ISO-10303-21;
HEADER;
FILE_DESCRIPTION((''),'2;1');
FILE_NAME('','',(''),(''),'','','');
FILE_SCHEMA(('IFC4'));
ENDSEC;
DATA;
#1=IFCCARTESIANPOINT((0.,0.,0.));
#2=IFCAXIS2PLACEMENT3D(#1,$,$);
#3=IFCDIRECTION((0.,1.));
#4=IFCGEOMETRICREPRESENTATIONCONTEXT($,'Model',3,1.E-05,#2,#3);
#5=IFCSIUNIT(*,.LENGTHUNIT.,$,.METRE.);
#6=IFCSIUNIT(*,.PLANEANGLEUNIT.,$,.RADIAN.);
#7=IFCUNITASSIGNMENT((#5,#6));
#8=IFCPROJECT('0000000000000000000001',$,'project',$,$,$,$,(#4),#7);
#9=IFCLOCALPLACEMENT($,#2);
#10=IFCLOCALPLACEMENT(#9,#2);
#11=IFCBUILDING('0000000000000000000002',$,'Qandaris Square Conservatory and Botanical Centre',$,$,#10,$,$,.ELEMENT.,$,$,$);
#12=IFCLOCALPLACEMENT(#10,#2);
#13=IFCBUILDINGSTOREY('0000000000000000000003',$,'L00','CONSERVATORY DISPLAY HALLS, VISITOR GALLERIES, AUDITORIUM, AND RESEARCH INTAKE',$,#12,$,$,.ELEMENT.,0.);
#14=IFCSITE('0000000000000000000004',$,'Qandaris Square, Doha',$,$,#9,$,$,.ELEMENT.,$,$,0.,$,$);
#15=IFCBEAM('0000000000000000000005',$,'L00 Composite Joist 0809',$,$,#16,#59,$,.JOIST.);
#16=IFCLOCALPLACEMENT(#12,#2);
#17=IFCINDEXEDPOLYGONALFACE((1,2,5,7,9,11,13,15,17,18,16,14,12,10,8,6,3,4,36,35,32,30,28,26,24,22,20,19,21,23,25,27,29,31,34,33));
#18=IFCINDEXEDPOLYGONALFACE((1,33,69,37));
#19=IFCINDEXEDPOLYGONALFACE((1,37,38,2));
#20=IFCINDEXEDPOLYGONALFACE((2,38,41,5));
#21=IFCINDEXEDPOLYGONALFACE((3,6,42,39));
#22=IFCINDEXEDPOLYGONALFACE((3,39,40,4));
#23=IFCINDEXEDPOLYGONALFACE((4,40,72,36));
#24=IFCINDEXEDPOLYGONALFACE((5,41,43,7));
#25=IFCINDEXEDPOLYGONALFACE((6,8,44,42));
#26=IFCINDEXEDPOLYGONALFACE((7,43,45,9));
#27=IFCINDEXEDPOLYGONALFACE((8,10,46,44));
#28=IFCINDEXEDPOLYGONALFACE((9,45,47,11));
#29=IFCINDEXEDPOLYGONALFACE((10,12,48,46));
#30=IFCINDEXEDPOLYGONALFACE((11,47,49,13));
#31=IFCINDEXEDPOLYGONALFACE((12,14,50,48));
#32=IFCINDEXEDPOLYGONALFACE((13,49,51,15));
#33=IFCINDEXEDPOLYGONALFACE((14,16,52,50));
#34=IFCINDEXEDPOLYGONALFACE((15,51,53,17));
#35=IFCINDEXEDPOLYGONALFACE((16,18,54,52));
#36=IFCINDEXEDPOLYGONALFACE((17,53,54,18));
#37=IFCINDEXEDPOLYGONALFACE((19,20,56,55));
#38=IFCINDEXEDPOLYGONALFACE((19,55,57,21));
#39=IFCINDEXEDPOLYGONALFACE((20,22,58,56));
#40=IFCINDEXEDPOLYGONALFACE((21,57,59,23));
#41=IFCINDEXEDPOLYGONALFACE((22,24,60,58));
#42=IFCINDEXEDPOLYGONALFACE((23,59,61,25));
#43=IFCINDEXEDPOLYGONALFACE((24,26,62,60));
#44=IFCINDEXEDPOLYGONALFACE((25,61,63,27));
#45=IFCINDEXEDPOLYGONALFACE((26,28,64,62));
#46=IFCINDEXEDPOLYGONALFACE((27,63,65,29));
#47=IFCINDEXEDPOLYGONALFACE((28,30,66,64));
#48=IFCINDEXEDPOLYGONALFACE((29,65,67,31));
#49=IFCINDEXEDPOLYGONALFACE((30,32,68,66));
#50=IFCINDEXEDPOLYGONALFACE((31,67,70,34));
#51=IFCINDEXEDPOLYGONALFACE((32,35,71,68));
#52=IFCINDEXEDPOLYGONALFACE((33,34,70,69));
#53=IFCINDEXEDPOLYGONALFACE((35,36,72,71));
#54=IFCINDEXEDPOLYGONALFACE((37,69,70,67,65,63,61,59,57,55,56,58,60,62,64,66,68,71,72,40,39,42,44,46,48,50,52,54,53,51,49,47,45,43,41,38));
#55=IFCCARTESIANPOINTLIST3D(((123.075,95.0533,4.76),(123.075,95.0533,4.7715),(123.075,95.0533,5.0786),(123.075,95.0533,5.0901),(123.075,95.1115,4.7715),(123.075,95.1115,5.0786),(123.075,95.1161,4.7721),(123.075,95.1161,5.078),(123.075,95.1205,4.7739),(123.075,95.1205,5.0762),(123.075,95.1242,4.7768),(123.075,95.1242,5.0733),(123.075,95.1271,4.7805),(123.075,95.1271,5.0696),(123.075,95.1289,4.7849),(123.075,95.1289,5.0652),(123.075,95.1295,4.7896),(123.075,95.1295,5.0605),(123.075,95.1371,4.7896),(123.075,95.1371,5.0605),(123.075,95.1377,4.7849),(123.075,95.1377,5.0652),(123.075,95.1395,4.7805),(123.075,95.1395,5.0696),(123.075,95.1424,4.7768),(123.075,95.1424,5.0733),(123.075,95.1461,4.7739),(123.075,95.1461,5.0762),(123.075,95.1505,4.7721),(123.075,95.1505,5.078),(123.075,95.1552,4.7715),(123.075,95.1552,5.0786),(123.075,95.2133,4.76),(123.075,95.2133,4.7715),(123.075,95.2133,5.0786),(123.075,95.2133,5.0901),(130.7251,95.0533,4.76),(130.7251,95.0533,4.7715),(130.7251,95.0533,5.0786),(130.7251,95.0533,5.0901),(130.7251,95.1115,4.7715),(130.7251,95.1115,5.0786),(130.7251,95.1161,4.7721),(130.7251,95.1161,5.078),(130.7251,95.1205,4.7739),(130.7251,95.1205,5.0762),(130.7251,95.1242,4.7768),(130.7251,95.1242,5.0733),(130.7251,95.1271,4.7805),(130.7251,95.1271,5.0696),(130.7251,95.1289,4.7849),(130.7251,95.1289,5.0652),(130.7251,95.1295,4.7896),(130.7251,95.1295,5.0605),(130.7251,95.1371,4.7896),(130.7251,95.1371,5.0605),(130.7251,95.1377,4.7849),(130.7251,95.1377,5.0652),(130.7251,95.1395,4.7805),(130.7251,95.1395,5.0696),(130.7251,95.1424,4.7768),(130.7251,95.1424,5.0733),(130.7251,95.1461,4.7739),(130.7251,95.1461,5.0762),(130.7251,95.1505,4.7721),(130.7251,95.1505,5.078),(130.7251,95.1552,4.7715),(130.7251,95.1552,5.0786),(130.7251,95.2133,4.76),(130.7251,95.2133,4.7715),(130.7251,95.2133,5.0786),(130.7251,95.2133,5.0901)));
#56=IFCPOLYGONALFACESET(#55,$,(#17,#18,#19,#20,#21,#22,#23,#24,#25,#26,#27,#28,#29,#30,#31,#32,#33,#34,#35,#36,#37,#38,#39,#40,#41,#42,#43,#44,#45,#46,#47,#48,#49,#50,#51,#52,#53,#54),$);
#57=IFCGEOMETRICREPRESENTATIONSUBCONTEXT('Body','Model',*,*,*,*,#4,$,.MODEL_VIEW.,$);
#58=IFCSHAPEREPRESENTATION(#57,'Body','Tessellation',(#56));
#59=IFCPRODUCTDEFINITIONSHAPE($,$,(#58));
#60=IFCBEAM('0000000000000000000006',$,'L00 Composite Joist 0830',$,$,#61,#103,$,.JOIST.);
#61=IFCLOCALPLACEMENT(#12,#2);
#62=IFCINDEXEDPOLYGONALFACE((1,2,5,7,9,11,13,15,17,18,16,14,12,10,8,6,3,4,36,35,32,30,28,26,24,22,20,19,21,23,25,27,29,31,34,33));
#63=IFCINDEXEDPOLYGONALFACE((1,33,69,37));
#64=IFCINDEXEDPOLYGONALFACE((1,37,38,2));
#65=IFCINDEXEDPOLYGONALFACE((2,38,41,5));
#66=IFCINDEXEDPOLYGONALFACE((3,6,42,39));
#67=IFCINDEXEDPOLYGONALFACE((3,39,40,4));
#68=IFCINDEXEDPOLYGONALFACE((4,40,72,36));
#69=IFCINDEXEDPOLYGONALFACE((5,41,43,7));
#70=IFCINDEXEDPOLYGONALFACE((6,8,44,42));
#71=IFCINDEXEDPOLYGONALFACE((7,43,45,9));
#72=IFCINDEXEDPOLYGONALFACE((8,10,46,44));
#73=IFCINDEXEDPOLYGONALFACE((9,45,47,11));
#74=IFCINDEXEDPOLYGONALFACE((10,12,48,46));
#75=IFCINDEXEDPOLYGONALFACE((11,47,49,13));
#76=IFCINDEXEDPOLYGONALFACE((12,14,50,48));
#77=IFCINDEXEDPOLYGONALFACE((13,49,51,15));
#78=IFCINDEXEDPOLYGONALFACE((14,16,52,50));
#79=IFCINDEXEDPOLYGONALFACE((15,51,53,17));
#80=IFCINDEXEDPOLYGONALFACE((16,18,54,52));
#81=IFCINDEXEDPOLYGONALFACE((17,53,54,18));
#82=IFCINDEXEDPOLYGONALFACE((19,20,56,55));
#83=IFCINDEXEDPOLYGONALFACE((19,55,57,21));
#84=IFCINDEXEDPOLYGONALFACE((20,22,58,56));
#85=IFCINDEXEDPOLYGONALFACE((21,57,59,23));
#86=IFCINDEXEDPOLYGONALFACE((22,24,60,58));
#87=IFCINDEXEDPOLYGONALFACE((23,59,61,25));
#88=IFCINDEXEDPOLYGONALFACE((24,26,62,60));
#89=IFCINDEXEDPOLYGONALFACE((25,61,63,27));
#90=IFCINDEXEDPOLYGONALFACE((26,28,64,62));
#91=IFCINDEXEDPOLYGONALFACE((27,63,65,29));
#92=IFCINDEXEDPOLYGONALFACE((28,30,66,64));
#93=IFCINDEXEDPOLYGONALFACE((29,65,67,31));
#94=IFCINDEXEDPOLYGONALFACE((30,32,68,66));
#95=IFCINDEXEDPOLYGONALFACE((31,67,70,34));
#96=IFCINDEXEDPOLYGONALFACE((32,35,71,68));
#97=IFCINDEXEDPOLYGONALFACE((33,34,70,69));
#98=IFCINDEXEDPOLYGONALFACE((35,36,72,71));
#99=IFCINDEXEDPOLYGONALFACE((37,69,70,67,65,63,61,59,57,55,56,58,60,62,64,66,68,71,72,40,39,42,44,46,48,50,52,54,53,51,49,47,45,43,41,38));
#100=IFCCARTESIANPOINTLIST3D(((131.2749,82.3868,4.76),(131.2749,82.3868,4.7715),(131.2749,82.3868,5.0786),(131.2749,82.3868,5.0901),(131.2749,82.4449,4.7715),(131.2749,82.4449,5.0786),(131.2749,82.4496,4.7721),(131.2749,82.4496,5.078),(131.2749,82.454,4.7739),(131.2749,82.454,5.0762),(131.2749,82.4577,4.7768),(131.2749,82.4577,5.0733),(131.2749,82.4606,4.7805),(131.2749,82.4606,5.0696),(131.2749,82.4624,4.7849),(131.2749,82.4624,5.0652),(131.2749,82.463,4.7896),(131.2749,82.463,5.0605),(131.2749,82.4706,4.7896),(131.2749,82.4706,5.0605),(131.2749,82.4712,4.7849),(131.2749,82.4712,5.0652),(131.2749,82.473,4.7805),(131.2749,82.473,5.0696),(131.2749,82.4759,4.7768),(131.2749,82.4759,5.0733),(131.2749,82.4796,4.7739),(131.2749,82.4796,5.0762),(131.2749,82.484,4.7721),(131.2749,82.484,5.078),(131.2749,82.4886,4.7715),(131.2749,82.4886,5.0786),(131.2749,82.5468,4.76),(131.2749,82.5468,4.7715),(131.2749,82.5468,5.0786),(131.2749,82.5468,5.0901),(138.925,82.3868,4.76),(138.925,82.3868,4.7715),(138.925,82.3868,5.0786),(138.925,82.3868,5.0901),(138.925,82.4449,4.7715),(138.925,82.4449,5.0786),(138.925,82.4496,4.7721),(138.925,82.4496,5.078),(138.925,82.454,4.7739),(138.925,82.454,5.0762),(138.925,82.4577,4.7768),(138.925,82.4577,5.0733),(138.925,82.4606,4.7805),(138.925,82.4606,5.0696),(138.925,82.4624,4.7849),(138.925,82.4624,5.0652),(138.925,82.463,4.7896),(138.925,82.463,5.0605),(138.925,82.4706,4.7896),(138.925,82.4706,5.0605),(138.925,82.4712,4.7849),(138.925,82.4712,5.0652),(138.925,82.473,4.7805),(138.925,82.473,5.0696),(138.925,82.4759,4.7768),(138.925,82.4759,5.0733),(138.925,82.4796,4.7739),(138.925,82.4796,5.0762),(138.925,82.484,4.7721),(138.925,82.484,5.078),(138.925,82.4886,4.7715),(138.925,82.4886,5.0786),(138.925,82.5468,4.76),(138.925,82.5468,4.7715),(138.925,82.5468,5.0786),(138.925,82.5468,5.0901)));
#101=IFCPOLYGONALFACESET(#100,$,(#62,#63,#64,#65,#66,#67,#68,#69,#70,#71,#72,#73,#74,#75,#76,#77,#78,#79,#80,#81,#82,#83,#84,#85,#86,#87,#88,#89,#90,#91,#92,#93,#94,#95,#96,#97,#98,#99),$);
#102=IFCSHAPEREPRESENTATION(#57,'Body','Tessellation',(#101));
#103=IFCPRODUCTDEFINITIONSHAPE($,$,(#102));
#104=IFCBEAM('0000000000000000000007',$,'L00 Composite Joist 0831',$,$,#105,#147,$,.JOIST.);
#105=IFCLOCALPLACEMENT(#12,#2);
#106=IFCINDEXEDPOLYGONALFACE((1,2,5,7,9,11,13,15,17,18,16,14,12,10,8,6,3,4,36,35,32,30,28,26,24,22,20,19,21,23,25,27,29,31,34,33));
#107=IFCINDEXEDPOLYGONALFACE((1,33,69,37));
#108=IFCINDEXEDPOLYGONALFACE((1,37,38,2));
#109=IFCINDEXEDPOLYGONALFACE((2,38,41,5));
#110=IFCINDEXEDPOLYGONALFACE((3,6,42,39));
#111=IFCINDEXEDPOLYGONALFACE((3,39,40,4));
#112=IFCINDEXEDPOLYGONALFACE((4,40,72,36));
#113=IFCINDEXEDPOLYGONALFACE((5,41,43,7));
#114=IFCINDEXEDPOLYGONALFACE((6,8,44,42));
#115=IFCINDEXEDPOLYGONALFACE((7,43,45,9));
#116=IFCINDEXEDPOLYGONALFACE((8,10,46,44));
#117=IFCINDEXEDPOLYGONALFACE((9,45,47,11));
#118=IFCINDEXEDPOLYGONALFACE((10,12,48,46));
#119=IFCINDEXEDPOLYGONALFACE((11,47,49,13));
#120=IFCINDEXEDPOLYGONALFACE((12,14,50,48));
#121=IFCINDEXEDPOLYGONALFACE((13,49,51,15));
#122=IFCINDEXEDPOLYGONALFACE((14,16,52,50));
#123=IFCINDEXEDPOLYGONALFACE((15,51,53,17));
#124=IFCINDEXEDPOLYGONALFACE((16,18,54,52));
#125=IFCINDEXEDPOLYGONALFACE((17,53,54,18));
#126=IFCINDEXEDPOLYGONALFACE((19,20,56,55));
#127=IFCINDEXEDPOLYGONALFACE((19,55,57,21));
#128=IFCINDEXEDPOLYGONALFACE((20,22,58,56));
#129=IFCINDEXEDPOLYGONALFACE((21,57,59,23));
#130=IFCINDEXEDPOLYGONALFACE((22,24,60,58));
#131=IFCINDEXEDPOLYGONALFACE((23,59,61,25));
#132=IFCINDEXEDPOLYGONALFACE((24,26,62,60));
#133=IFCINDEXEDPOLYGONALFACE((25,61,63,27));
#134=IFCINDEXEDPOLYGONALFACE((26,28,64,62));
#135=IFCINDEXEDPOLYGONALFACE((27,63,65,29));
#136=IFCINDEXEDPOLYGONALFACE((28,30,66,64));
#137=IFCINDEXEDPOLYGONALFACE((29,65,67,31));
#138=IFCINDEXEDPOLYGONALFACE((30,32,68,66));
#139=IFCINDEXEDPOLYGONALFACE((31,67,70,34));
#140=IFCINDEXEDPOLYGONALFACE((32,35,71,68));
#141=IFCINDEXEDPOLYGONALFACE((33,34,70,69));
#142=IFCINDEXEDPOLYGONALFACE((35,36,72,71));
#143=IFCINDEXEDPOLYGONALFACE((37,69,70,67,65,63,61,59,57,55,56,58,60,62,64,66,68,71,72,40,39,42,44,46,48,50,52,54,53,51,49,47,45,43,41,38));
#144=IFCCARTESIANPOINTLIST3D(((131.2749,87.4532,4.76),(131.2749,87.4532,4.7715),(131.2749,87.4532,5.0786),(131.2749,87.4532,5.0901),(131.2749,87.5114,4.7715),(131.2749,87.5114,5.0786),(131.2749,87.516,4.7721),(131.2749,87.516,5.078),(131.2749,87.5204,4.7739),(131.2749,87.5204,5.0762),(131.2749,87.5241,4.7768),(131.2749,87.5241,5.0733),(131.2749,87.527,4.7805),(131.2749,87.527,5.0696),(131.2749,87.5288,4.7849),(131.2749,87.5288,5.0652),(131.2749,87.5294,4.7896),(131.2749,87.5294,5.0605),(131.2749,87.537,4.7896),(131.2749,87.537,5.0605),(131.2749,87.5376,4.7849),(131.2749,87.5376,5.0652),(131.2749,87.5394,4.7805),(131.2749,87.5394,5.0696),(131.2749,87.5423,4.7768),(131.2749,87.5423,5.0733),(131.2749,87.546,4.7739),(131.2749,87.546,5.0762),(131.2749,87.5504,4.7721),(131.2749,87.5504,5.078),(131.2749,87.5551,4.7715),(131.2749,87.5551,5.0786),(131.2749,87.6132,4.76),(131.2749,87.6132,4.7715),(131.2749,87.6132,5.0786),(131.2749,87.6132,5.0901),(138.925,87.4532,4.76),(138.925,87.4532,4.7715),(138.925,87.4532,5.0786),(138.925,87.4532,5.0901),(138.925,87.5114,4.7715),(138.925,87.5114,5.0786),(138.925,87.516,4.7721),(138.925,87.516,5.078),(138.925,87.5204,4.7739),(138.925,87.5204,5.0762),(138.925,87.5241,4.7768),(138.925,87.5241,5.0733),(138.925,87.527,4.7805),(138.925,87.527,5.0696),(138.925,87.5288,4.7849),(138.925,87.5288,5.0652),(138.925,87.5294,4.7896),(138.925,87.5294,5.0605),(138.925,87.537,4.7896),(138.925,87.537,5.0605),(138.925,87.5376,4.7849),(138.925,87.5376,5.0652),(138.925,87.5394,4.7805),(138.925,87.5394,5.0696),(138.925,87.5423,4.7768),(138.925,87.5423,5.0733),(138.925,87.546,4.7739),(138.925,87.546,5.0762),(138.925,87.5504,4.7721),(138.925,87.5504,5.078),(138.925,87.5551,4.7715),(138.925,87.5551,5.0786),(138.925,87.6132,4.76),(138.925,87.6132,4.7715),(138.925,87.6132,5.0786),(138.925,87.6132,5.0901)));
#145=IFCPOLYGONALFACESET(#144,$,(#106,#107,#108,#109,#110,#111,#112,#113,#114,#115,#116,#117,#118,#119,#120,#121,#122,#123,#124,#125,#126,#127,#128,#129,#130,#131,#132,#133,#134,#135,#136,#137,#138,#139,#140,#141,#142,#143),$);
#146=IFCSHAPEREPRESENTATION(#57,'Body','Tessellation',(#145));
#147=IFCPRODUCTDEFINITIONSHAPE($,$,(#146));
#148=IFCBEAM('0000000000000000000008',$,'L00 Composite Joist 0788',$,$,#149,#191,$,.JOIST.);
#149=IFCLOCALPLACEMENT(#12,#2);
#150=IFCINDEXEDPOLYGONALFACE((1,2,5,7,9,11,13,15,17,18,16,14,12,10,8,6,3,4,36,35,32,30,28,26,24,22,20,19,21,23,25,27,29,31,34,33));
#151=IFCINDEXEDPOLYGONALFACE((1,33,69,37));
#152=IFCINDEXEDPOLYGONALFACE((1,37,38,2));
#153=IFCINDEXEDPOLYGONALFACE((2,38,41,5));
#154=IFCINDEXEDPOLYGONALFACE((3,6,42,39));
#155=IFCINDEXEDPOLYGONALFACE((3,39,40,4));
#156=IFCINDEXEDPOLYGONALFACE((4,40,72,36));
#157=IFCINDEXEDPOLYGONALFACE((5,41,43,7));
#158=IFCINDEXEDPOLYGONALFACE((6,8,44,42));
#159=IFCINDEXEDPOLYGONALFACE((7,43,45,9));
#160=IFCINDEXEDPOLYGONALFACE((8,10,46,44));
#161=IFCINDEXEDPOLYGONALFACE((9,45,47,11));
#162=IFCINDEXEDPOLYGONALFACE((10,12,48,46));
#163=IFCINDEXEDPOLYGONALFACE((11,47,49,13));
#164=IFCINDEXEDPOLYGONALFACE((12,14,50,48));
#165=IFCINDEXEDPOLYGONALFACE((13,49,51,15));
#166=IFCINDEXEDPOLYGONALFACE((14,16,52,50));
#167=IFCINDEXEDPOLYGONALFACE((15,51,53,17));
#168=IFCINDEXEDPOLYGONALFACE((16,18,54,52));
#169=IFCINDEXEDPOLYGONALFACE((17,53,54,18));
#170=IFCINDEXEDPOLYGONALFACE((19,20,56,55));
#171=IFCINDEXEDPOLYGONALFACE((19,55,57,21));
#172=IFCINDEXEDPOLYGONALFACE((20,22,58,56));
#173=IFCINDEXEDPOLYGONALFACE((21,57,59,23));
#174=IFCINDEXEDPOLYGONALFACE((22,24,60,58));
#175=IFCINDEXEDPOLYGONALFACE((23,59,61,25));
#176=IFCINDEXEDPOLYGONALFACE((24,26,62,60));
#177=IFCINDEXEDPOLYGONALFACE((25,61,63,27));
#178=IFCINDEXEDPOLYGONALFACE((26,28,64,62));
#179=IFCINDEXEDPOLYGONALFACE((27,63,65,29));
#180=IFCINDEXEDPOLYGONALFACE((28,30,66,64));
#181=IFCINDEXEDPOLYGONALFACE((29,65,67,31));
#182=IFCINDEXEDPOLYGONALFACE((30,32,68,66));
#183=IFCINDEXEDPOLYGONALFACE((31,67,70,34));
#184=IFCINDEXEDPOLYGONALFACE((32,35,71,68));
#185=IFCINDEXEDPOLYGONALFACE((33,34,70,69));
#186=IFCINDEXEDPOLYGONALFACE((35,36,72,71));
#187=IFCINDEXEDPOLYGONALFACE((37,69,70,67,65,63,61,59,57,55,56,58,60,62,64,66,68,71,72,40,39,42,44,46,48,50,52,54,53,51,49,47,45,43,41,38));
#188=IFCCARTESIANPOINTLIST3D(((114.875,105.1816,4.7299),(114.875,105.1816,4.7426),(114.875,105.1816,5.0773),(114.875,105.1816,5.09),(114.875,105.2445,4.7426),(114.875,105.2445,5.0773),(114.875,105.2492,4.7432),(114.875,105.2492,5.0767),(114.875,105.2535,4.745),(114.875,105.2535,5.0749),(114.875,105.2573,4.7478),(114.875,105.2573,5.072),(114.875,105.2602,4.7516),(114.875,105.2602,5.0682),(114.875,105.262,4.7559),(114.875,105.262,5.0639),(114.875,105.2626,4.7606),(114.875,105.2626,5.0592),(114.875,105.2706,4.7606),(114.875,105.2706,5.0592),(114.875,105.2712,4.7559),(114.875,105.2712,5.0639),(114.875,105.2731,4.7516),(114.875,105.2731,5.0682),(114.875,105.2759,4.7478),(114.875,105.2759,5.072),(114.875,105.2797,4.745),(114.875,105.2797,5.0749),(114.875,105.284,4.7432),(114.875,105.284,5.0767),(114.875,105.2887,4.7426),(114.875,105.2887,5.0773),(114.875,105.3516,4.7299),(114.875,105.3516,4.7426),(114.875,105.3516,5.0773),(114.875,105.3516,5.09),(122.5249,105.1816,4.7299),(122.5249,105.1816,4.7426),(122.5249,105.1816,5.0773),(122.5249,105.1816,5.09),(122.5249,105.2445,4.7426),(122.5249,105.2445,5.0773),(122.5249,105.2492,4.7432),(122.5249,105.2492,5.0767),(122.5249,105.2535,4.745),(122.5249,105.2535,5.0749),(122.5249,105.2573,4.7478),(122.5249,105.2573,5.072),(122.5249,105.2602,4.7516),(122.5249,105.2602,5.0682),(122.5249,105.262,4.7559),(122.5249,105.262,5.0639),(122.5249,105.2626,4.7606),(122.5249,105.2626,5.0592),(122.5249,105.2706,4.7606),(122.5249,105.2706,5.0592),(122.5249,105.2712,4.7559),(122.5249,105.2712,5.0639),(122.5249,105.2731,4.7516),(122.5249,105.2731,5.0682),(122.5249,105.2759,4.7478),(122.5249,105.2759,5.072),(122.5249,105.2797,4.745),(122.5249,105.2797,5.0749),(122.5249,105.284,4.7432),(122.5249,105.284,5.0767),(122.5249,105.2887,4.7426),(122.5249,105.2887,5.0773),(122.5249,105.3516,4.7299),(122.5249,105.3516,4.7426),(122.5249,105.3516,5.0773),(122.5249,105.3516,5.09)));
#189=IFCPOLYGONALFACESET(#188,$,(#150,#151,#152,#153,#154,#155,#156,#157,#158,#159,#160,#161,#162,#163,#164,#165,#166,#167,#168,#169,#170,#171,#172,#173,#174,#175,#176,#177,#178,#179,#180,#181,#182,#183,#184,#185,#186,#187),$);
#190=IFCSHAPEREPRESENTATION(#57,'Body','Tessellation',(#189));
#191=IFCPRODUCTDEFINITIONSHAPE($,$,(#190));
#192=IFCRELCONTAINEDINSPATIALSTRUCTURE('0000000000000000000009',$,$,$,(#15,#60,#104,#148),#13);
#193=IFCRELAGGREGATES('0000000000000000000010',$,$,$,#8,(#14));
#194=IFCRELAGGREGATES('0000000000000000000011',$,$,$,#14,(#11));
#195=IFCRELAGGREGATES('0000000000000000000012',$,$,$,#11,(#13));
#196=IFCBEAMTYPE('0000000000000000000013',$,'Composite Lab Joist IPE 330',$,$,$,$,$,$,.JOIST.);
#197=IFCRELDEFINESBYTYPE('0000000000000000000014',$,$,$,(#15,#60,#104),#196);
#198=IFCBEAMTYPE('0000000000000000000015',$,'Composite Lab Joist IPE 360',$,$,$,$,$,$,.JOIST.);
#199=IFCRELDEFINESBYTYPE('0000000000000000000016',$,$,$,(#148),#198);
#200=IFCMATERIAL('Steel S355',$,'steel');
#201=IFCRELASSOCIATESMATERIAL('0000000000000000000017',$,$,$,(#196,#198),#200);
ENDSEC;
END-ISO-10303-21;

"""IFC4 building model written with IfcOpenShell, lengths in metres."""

from ifc_helpers import new_model, si_unit, direction, frame, origin, origin_2d, place, context, subcontext, project, spatial, i_section, extrude, material, material_profile, profile_set, type_object, element, save


model = new_model("IFC4")

# Units and contexts
model_context = context("Model", 3, precision=1e-05, world=origin(), true_north=direction((0.0, 1.0)))
body_context = subcontext(model_context, "Body", "Model", "MODEL_VIEW")
ifc_project = project(units=[si_unit("LENGTHUNIT", "METRE"), si_unit("PLANEANGLEUNIT", "RADIAN")], contexts=[model_context])

# Site, building, storey
site_placement = place(None, origin())
site = spatial("IfcSite", under=ifc_project, at=site_placement, Name="Qandaris Square, Doha", CompositionType="ELEMENT", RefElevation=0.0)
building_placement = place(site_placement, origin())
building = spatial("IfcBuilding", under=site, at=building_placement, Name="Qandaris Square Conservatory and Botanical Centre", CompositionType="ELEMENT")
storey_placement = place(building_placement, origin())
storey = spatial("IfcBuildingStorey", under=building, at=storey_placement, Name="L00", Description="CONSERVATORY DISPLAY HALLS, VISITOR GALLERIES, AUDITORIUM, AND RESEARCH INTAKE", CompositionType="ELEMENT", Elevation=0.0)

# Beams
ifc_material_1 = material(Name="Steel S355", Category="steel")
ifc_material_profile_1 = material_profile(ifc_material_1, i_section(OverallWidth=0.1599, OverallDepth=0.3301, WebThickness=0.0076, FlangeThickness=0.0115, FilletRadius=0.0181, at=origin_2d()), Name="IPE 330")
ifc_profile_set_1 = profile_set([ifc_material_profile_1], Name="Steel S355")
beam_type_1 = type_object("IfcBeamType", Name="Composite Lab Joist IPE 330", PredefinedType="JOIST", material=ifc_profile_set_1)
for number, where, z_axis, x_axis, name in (
    (1, (123.075, 95.1333, 4.925), (1.0, 0.0, 0.0), (0.0, 1.0, 0.0), "L00 Composite Joist 0809"),
    (2, (131.2749, 82.4668, 4.925), (1.0, 0.0, 0.0), (0.0, 1.0, 0.0), "L00 Composite Joist 0830"),
    (3, (131.2749, 87.5332, 4.925), (1.0, 0.0, 0.0), (0.0, 1.0, 0.0), "L00 Composite Joist 0831"),
):
    element("IfcBeam", number, at=place(storey_placement, frame(where, z_axis=z_axis, x_axis=x_axis)), inside=storey, type_object=beam_type_1, Name=name, PredefinedType="JOIST", context=body_context, shape_type="SweptSolid", body=[
        extrude(i_section(OverallWidth=0.1599, OverallDepth=0.3301, WebThickness=0.0076, FlangeThickness=0.0115, FilletRadius=0.0181, at=origin_2d()), origin(), (0.0, 0.0, 1.0), 7.6501),
    ])
ifc_material_profile_2 = material_profile(ifc_material_1, i_section(OverallWidth=0.1699, OverallDepth=0.3601, WebThickness=0.0081, FlangeThickness=0.0127, FilletRadius=0.0181, at=origin_2d()), Name="IPE 360")
ifc_profile_set_2 = profile_set([ifc_material_profile_2], Name="Steel S355")
beam_type_2 = type_object("IfcBeamType", Name="Composite Lab Joist IPE 360", PredefinedType="JOIST", material=ifc_profile_set_2)
beam_1_placement = place(storey_placement, frame((114.875, 105.2666, 4.9099), z_axis=(1.0, 0.0, 0.0), x_axis=(0.0, 1.0, 0.0)))
element("IfcBeam", 4, at=beam_1_placement, inside=storey, type_object=beam_type_2, Name="L00 Composite Joist 0788", PredefinedType="JOIST", context=body_context, shape_type="SweptSolid", body=[
    extrude(i_section(OverallWidth=0.1699, OverallDepth=0.3601, WebThickness=0.0081, FlangeThickness=0.0127, FilletRadius=0.0181, at=origin_2d()), origin(), (0.0, 0.0, 1.0), 7.6499),
])

save(model, "model.ifc")
